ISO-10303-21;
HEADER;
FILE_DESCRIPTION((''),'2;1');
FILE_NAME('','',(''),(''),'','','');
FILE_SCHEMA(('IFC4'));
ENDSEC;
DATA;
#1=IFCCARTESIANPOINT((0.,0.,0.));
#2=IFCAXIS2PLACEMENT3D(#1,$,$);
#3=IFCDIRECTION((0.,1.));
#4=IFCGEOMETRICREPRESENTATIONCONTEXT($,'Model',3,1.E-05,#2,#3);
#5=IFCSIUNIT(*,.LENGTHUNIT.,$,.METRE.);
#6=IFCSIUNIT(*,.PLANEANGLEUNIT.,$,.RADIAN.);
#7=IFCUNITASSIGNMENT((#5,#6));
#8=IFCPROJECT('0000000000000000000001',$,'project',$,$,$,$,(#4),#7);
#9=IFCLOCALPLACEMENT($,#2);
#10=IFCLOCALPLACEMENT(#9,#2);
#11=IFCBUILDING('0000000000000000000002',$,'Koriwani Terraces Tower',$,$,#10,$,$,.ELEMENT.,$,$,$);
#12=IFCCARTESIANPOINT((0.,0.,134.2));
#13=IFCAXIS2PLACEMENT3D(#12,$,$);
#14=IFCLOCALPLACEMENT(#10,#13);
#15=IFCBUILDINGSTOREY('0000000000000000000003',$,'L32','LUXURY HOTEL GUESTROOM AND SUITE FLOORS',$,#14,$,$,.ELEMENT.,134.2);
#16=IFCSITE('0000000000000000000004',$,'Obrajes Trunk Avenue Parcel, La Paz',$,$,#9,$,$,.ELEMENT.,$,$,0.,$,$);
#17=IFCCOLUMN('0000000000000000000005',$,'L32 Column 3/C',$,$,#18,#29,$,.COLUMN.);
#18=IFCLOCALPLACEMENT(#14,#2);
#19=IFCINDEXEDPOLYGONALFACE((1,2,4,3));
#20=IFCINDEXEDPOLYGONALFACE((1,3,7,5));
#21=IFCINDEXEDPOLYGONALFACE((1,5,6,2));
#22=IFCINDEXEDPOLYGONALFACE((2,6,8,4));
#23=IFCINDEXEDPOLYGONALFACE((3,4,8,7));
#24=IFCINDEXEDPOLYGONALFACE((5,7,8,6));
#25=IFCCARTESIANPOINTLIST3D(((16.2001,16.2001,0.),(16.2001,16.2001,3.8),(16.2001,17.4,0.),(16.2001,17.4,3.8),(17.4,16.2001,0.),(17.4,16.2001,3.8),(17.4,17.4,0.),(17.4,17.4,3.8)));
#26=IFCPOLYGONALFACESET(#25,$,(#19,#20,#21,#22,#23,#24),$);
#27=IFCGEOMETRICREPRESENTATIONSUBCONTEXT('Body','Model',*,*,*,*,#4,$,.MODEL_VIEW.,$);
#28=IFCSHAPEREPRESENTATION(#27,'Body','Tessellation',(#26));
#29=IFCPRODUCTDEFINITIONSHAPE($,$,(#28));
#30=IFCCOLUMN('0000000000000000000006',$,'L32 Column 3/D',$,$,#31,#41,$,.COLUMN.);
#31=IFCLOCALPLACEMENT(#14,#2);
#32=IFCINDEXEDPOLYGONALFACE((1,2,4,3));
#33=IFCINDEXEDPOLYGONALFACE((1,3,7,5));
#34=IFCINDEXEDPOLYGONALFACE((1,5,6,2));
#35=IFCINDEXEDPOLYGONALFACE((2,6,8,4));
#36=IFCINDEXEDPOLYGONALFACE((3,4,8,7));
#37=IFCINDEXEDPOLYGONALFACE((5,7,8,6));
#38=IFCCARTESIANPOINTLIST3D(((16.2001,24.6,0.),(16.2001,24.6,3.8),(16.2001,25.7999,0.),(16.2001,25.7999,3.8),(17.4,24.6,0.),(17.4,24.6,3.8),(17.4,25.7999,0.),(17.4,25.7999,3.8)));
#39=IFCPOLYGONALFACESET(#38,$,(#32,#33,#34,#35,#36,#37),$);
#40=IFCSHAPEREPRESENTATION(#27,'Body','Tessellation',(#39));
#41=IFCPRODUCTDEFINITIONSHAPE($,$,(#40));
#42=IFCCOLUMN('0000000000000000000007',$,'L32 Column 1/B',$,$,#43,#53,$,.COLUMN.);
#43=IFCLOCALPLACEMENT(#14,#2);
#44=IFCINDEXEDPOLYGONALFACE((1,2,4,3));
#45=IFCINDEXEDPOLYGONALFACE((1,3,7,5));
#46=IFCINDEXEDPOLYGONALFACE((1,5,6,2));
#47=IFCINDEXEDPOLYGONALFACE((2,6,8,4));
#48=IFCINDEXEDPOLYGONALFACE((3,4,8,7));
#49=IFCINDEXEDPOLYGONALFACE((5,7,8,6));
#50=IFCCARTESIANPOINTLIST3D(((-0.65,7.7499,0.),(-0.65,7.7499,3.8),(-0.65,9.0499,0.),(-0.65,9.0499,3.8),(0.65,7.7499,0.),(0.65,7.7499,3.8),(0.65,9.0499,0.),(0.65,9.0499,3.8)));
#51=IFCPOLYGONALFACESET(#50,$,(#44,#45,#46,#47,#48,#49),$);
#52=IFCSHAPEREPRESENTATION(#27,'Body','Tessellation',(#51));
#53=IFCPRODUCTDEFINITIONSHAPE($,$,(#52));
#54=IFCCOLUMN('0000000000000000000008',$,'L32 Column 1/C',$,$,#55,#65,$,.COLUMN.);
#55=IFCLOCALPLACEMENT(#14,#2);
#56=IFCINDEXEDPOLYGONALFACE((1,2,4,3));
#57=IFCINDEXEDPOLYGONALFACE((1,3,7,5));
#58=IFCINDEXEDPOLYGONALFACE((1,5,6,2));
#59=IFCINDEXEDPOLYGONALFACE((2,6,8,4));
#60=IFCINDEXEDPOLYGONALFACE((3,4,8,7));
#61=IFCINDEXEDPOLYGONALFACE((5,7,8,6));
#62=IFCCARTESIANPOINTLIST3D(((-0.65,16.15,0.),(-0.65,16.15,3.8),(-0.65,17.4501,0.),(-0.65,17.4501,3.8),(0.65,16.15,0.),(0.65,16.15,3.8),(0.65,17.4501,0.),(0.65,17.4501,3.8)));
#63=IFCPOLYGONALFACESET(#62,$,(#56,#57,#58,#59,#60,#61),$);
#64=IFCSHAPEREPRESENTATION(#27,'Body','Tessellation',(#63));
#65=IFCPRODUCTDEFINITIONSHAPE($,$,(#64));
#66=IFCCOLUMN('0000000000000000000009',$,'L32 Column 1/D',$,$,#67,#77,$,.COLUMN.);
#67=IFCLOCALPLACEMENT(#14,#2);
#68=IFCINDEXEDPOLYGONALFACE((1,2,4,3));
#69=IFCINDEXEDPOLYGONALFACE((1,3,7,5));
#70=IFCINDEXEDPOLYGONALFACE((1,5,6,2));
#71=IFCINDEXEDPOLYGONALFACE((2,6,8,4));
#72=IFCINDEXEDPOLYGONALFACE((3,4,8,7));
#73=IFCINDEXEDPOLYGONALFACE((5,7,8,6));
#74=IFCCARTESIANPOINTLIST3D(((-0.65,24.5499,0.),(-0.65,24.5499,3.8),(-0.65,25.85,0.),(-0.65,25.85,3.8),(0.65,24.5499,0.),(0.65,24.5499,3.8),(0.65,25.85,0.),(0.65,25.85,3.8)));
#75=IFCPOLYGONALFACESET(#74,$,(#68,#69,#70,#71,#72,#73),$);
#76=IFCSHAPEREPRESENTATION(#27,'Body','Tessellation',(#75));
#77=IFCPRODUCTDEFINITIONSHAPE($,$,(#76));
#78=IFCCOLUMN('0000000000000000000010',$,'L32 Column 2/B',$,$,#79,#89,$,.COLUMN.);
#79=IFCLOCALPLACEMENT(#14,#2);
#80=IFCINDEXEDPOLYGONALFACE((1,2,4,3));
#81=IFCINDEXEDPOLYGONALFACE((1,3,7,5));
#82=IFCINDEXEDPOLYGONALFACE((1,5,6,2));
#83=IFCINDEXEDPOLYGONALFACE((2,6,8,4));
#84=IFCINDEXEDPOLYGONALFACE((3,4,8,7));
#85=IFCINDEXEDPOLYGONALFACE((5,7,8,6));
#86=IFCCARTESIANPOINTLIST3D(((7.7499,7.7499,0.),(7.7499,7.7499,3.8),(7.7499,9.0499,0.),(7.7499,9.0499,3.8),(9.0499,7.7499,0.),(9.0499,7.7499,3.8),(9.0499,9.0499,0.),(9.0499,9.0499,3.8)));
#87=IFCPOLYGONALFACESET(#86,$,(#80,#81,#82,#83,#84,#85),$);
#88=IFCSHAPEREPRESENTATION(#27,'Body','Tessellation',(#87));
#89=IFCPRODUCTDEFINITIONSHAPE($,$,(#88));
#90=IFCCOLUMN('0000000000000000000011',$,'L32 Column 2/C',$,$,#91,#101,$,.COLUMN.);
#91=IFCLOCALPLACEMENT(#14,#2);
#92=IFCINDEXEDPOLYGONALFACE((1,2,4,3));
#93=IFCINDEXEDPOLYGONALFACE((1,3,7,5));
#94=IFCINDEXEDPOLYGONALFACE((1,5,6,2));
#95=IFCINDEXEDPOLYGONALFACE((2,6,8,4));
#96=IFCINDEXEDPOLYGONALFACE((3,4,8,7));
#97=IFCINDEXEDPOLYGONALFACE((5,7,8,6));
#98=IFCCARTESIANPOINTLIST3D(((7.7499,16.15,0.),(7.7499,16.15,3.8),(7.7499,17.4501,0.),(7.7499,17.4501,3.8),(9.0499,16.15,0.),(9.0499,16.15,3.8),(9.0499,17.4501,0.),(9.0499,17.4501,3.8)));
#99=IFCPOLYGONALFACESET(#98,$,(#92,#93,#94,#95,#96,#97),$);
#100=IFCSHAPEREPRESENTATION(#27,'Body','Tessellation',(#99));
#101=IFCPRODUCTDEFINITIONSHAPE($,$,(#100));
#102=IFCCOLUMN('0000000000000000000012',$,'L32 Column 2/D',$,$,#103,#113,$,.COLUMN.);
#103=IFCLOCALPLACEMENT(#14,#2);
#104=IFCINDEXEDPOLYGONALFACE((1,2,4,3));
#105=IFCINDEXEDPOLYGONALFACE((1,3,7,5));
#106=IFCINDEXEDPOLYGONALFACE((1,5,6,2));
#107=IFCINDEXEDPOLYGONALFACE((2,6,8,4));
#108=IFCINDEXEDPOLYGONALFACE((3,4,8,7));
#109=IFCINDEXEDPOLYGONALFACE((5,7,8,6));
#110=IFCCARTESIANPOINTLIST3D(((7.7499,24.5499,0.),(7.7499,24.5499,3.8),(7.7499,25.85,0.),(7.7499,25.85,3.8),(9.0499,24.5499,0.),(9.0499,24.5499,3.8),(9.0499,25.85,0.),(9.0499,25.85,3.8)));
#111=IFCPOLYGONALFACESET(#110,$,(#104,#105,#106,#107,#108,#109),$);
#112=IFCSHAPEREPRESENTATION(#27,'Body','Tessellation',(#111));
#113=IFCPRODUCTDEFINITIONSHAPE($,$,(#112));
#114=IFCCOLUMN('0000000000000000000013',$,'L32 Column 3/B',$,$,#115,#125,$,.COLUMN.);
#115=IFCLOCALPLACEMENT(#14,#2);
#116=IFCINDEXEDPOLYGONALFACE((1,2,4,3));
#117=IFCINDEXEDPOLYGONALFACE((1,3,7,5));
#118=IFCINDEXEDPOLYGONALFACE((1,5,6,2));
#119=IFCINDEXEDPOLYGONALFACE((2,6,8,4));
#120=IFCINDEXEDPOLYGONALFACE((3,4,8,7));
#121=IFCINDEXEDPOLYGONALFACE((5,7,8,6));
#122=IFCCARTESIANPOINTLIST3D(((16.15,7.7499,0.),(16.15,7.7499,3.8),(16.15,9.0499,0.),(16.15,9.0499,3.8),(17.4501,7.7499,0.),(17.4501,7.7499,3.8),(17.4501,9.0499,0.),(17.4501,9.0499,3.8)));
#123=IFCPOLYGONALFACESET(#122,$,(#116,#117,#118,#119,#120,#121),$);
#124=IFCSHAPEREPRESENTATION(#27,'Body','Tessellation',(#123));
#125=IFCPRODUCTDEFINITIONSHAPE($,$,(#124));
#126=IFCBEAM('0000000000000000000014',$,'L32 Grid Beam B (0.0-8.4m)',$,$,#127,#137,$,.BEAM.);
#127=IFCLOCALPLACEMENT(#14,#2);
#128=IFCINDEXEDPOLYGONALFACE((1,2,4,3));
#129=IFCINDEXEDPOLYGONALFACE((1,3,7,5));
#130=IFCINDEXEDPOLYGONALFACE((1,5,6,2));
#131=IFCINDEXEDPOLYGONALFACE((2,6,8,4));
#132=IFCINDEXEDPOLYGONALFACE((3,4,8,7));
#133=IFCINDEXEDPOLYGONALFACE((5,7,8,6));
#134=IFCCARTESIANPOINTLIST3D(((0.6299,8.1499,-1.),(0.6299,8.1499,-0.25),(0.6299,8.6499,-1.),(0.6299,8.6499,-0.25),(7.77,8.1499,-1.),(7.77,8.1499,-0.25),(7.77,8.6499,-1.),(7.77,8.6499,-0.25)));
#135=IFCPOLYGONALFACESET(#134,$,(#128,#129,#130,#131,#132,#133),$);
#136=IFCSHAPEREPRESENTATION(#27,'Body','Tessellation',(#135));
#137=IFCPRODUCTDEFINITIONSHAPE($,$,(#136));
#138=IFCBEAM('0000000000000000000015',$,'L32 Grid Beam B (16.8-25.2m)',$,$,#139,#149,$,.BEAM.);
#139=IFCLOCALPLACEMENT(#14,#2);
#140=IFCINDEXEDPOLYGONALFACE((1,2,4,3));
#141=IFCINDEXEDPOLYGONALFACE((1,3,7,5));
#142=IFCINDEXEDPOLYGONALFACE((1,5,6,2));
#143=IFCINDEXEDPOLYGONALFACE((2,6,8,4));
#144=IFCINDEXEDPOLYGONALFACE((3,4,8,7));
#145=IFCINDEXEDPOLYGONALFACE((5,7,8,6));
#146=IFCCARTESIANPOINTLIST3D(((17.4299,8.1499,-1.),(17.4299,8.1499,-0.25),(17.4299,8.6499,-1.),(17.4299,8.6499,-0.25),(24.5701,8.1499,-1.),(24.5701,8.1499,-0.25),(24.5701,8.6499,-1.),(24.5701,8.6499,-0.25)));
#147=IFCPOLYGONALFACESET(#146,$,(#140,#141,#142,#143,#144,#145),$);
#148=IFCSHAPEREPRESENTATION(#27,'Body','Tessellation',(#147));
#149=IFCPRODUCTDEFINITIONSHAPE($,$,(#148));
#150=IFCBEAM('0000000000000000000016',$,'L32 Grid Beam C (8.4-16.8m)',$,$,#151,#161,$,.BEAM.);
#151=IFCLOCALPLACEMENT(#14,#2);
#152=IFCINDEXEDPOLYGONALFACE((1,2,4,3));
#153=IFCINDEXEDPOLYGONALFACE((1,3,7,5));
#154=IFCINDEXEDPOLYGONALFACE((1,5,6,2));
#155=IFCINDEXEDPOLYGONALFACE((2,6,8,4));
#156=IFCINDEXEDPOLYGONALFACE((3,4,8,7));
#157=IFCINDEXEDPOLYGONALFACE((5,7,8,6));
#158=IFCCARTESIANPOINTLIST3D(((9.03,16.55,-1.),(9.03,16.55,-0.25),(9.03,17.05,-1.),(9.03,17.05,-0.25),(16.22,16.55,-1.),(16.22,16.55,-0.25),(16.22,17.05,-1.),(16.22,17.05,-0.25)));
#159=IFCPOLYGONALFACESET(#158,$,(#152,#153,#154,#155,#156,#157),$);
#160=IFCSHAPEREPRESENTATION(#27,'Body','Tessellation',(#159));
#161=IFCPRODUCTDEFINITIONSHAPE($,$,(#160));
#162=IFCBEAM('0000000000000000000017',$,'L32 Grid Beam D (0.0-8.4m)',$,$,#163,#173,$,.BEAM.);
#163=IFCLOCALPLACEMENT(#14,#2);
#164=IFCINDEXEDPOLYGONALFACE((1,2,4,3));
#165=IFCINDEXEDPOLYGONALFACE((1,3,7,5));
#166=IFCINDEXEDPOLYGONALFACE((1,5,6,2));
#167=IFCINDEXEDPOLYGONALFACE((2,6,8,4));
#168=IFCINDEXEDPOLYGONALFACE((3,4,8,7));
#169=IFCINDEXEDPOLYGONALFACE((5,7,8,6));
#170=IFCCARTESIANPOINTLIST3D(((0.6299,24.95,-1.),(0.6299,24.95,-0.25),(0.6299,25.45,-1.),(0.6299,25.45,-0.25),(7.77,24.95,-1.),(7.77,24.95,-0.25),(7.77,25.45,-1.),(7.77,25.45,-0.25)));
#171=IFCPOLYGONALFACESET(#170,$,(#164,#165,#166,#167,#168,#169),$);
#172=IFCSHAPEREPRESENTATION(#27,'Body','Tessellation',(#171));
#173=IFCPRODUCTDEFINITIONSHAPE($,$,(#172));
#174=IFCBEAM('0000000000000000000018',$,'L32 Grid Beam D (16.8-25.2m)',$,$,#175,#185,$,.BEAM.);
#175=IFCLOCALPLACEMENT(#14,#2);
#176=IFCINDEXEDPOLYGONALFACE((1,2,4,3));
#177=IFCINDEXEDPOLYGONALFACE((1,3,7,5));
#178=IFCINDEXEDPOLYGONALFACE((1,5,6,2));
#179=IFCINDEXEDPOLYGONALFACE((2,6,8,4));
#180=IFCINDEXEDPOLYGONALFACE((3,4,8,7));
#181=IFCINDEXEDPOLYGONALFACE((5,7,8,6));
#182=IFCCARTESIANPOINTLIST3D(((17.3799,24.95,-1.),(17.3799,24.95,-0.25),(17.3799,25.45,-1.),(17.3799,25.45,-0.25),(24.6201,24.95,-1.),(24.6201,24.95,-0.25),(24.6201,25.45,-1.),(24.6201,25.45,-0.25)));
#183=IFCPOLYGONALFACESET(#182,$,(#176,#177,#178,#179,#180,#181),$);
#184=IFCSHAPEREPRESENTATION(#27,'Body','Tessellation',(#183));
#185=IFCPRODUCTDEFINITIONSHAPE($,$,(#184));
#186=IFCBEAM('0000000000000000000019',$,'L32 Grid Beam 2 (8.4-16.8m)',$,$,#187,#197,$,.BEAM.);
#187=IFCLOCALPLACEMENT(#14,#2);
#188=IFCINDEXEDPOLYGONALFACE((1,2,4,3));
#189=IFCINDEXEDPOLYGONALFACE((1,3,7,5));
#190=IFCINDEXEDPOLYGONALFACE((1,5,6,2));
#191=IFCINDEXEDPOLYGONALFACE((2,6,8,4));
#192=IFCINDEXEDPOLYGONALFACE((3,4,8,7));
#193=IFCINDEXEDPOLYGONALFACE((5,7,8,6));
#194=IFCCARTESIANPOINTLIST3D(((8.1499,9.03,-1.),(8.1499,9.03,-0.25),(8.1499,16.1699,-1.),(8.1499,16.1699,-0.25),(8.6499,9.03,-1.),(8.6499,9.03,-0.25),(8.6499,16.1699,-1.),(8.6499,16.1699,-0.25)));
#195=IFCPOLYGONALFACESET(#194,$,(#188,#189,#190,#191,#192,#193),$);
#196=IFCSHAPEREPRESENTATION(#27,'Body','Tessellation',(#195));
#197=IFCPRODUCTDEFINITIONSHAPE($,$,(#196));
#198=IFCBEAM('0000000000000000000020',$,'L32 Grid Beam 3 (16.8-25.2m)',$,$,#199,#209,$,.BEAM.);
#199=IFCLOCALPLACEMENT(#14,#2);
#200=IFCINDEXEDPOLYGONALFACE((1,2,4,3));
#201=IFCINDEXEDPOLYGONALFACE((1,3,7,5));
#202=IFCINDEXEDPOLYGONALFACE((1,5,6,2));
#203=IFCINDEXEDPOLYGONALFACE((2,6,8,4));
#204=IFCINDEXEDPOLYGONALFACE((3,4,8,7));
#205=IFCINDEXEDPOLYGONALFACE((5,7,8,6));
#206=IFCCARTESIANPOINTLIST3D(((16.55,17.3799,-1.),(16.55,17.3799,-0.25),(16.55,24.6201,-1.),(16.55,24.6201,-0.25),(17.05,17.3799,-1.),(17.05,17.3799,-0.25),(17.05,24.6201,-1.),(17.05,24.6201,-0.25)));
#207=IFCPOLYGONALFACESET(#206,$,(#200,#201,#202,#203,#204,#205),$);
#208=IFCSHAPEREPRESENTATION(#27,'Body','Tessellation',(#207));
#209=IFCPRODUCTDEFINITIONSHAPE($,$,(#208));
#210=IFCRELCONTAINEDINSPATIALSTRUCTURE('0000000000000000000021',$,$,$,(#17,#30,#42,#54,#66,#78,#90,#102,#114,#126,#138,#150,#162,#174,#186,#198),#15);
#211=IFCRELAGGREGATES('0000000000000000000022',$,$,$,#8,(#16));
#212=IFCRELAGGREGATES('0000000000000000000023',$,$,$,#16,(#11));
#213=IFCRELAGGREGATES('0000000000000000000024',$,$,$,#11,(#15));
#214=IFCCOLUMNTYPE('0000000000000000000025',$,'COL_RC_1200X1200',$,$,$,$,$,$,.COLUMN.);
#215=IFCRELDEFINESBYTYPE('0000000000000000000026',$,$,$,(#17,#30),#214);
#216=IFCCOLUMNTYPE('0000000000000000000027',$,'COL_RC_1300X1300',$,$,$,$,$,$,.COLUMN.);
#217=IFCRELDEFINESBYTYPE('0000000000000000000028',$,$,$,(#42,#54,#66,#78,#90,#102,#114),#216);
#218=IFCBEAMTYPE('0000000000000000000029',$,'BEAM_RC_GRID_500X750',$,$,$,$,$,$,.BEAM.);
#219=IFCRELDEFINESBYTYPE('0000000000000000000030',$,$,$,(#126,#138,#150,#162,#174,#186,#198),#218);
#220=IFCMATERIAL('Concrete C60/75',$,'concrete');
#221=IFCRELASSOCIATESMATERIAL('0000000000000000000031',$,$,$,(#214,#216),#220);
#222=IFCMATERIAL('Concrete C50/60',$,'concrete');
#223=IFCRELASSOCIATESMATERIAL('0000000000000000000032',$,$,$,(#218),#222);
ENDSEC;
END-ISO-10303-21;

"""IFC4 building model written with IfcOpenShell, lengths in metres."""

from ifc_helpers import new_model, si_unit, direction, frame, origin, origin_2d, place, context, subcontext, project, spatial, rectangle, extrude, material, material_profile, profile_set, type_object, element, save


model = new_model("IFC4")

# Units and contexts
model_context = context("Model", 3, precision=1e-05, world=origin(), true_north=direction((0.0, 1.0)))
body_context = subcontext(model_context, "Body", "Model", "MODEL_VIEW")
ifc_project = project(units=[si_unit("LENGTHUNIT", "METRE"), si_unit("PLANEANGLEUNIT", "RADIAN")], contexts=[model_context])

# Site, building, storey
site_placement = place(None, origin())
site = spatial("IfcSite", under=ifc_project, at=site_placement, Name="Obrajes Trunk Avenue Parcel, La Paz", CompositionType="ELEMENT", RefElevation=0.0)
building_placement = place(site_placement, origin())
building = spatial("IfcBuilding", under=site, at=building_placement, Name="Koriwani Terraces Tower", CompositionType="ELEMENT")
storey_placement = place(building_placement, frame((0.0, 0.0, 134.2)))
storey = spatial("IfcBuildingStorey", under=building, at=storey_placement, Name="L32", Description="LUXURY HOTEL GUESTROOM AND SUITE FLOORS", CompositionType="ELEMENT", Elevation=134.2)

# Columns
ifc_material_1 = material(Name="Concrete C60/75", Category="concrete")
ifc_material_profile_1 = material_profile(ifc_material_1, rectangle(XDim=1.2, YDim=1.2, at=origin_2d()), Name="Concrete C60/75", Category="LoadBearing")
ifc_profile_set_1 = profile_set([ifc_material_profile_1], Name="Concrete C60/75")
column_type_1 = type_object("IfcColumnType", Name="COL_RC_1200X1200", PredefinedType="COLUMN", material=ifc_profile_set_1)
for number, where, z_axis, x_axis, name in (
    (1, (16.8, 16.8, 0.0), (0.0, 0.0, 1.0), (1.0, 0.0, 0.0), "L32 Column 3/C"),
    (2, (16.8, 25.2, 0.0), (0.0, 0.0, 1.0), (1.0, 0.0, 0.0), "L32 Column 3/D"),
):
    element("IfcColumn", number, at=place(storey_placement, frame(where, z_axis=z_axis, x_axis=x_axis)), inside=storey, type_object=column_type_1, Name=name, PredefinedType="COLUMN", context=body_context, shape_type="SweptSolid", body=[
        extrude(rectangle(XDim=1.2, YDim=1.2, at=origin_2d()), origin(), (0.0, 0.0, 1.0), 3.8),
    ])
ifc_material_profile_2 = material_profile(ifc_material_1, rectangle(XDim=1.3, YDim=1.3, at=origin_2d()), Name="Concrete C60/75", Category="LoadBearing")
ifc_profile_set_2 = profile_set([ifc_material_profile_2], Name="Concrete C60/75")
column_type_2 = type_object("IfcColumnType", Name="COL_RC_1300X1300", PredefinedType="COLUMN", material=ifc_profile_set_2)
for number, where, z_axis, x_axis, name in (
    (3, (0.0, 8.3999, 0.0), (0.0, 0.0, 1.0), (1.0, 0.0, 0.0), "L32 Column 1/B"),
    (4, (0.0, 16.8, 0.0), (0.0, 0.0, 1.0), (1.0, 0.0, 0.0), "L32 Column 1/C"),
    (5, (0.0, 25.2, 0.0), (0.0, 0.0, 1.0), (1.0, 0.0, 0.0), "L32 Column 1/D"),
    (6, (8.3999, 8.3999, 0.0), (0.0, 0.0, 1.0), (1.0, 0.0, 0.0), "L32 Column 2/B"),
    (7, (8.3999, 16.8, 0.0), (0.0, 0.0, 1.0), (1.0, 0.0, 0.0), "L32 Column 2/C"),
    (8, (8.3999, 25.2, 0.0), (0.0, 0.0, 1.0), (1.0, 0.0, 0.0), "L32 Column 2/D"),
    (9, (16.8, 8.3999, 0.0), (0.0, 0.0, 1.0), (1.0, 0.0, 0.0), "L32 Column 3/B"),
):
    element("IfcColumn", number, at=place(storey_placement, frame(where, z_axis=z_axis, x_axis=x_axis)), inside=storey, type_object=column_type_2, Name=name, PredefinedType="COLUMN", context=body_context, shape_type="SweptSolid", body=[
        extrude(rectangle(XDim=1.3, YDim=1.3, at=origin_2d()), origin(), (0.0, 0.0, 1.0), 3.8),
    ])

# Beams
ifc_material_2 = material(Name="Concrete C50/60", Category="concrete")
ifc_material_profile_3 = material_profile(ifc_material_2, rectangle(XDim=0.5, YDim=0.75, at=origin_2d()), Name="Concrete C50/60", Category="LoadBearing")
ifc_profile_set_3 = profile_set([ifc_material_profile_3], Name="Concrete C50/60")
beam_type_1 = type_object("IfcBeamType", Name="BEAM_RC_GRID_500X750", PredefinedType="BEAM", material=ifc_profile_set_3)
for number, where, z_axis, x_axis, name in (
    (10, (0.6299, 8.3999, -0.625), (1.0, 0.0, 0.0), (0.0, 1.0, 0.0), "L32 Grid Beam B (0.0-8.4m)"),
    (11, (17.4299, 8.3999, -0.625), (1.0, 0.0, 0.0), (0.0, 1.0, 0.0), "L32 Grid Beam B (16.8-25.2m)"),
):
    element("IfcBeam", number, at=place(storey_placement, frame(where, z_axis=z_axis, x_axis=x_axis)), inside=storey, type_object=beam_type_1, Name=name, PredefinedType="BEAM", context=body_context, shape_type="SweptSolid", body=[
        extrude(rectangle(XDim=0.5, YDim=0.75, at=origin_2d()), origin(), (0.0, 0.0, 1.0), 7.1401),
    ])
beam_1_placement = place(storey_placement, frame((9.03, 16.8, -0.625), z_axis=(1.0, 0.0, 0.0), x_axis=(0.0, 1.0, 0.0)))
element("IfcBeam", 12, at=beam_1_placement, inside=storey, type_object=beam_type_1, Name="L32 Grid Beam C (8.4-16.8m)", PredefinedType="BEAM", context=body_context, shape_type="SweptSolid", body=[
    extrude(rectangle(XDim=0.5, YDim=0.75, at=origin_2d()), origin(), (0.0, 0.0, 1.0), 7.1899),
])
beam_2_placement = place(storey_placement, frame((0.6299, 25.2, -0.625), z_axis=(1.0, 0.0, 0.0), x_axis=(0.0, 1.0, 0.0)))
element("IfcBeam", 13, at=beam_2_placement, inside=storey, type_object=beam_type_1, Name="L32 Grid Beam D (0.0-8.4m)", PredefinedType="BEAM", context=body_context, shape_type="SweptSolid", body=[
    extrude(rectangle(XDim=0.5, YDim=0.75, at=origin_2d()), origin(), (0.0, 0.0, 1.0), 7.1401),
])
beam_3_placement = place(storey_placement, frame((17.3799, 25.2, -0.625), z_axis=(1.0, 0.0, 0.0), x_axis=(0.0, 1.0, 0.0)))
element("IfcBeam", 14, at=beam_3_placement, inside=storey, type_object=beam_type_1, Name="L32 Grid Beam D (16.8-25.2m)", PredefinedType="BEAM", context=body_context, shape_type="SweptSolid", body=[
    extrude(rectangle(XDim=0.5, YDim=0.75, at=origin_2d()), origin(), (0.0, 0.0, 1.0), 7.2402),
])
beam_4_placement = place(storey_placement, frame((8.3999, 9.03, -0.625), z_axis=(0.0, 1.0, 0.0), x_axis=(-1.0, 0.0, 0.0)))
element("IfcBeam", 15, at=beam_4_placement, inside=storey, type_object=beam_type_1, Name="L32 Grid Beam 2 (8.4-16.8m)", PredefinedType="BEAM", context=body_context, shape_type="SweptSolid", body=[
    extrude(rectangle(XDim=0.5, YDim=0.75, at=origin_2d()), origin(), (0.0, 0.0, 1.0), 7.1399),
])
beam_5_placement = place(storey_placement, frame((16.8, 17.3799, -0.625), z_axis=(0.0, 1.0, 0.0), x_axis=(-1.0, 0.0, 0.0)))
element("IfcBeam", 16, at=beam_5_placement, inside=storey, type_object=beam_type_1, Name="L32 Grid Beam 3 (16.8-25.2m)", PredefinedType="BEAM", context=body_context, shape_type="SweptSolid", body=[
    extrude(rectangle(XDim=0.5, YDim=0.75, at=origin_2d()), origin(), (0.0, 0.0, 1.0), 7.2402),
])

save(model, "model.ifc")
